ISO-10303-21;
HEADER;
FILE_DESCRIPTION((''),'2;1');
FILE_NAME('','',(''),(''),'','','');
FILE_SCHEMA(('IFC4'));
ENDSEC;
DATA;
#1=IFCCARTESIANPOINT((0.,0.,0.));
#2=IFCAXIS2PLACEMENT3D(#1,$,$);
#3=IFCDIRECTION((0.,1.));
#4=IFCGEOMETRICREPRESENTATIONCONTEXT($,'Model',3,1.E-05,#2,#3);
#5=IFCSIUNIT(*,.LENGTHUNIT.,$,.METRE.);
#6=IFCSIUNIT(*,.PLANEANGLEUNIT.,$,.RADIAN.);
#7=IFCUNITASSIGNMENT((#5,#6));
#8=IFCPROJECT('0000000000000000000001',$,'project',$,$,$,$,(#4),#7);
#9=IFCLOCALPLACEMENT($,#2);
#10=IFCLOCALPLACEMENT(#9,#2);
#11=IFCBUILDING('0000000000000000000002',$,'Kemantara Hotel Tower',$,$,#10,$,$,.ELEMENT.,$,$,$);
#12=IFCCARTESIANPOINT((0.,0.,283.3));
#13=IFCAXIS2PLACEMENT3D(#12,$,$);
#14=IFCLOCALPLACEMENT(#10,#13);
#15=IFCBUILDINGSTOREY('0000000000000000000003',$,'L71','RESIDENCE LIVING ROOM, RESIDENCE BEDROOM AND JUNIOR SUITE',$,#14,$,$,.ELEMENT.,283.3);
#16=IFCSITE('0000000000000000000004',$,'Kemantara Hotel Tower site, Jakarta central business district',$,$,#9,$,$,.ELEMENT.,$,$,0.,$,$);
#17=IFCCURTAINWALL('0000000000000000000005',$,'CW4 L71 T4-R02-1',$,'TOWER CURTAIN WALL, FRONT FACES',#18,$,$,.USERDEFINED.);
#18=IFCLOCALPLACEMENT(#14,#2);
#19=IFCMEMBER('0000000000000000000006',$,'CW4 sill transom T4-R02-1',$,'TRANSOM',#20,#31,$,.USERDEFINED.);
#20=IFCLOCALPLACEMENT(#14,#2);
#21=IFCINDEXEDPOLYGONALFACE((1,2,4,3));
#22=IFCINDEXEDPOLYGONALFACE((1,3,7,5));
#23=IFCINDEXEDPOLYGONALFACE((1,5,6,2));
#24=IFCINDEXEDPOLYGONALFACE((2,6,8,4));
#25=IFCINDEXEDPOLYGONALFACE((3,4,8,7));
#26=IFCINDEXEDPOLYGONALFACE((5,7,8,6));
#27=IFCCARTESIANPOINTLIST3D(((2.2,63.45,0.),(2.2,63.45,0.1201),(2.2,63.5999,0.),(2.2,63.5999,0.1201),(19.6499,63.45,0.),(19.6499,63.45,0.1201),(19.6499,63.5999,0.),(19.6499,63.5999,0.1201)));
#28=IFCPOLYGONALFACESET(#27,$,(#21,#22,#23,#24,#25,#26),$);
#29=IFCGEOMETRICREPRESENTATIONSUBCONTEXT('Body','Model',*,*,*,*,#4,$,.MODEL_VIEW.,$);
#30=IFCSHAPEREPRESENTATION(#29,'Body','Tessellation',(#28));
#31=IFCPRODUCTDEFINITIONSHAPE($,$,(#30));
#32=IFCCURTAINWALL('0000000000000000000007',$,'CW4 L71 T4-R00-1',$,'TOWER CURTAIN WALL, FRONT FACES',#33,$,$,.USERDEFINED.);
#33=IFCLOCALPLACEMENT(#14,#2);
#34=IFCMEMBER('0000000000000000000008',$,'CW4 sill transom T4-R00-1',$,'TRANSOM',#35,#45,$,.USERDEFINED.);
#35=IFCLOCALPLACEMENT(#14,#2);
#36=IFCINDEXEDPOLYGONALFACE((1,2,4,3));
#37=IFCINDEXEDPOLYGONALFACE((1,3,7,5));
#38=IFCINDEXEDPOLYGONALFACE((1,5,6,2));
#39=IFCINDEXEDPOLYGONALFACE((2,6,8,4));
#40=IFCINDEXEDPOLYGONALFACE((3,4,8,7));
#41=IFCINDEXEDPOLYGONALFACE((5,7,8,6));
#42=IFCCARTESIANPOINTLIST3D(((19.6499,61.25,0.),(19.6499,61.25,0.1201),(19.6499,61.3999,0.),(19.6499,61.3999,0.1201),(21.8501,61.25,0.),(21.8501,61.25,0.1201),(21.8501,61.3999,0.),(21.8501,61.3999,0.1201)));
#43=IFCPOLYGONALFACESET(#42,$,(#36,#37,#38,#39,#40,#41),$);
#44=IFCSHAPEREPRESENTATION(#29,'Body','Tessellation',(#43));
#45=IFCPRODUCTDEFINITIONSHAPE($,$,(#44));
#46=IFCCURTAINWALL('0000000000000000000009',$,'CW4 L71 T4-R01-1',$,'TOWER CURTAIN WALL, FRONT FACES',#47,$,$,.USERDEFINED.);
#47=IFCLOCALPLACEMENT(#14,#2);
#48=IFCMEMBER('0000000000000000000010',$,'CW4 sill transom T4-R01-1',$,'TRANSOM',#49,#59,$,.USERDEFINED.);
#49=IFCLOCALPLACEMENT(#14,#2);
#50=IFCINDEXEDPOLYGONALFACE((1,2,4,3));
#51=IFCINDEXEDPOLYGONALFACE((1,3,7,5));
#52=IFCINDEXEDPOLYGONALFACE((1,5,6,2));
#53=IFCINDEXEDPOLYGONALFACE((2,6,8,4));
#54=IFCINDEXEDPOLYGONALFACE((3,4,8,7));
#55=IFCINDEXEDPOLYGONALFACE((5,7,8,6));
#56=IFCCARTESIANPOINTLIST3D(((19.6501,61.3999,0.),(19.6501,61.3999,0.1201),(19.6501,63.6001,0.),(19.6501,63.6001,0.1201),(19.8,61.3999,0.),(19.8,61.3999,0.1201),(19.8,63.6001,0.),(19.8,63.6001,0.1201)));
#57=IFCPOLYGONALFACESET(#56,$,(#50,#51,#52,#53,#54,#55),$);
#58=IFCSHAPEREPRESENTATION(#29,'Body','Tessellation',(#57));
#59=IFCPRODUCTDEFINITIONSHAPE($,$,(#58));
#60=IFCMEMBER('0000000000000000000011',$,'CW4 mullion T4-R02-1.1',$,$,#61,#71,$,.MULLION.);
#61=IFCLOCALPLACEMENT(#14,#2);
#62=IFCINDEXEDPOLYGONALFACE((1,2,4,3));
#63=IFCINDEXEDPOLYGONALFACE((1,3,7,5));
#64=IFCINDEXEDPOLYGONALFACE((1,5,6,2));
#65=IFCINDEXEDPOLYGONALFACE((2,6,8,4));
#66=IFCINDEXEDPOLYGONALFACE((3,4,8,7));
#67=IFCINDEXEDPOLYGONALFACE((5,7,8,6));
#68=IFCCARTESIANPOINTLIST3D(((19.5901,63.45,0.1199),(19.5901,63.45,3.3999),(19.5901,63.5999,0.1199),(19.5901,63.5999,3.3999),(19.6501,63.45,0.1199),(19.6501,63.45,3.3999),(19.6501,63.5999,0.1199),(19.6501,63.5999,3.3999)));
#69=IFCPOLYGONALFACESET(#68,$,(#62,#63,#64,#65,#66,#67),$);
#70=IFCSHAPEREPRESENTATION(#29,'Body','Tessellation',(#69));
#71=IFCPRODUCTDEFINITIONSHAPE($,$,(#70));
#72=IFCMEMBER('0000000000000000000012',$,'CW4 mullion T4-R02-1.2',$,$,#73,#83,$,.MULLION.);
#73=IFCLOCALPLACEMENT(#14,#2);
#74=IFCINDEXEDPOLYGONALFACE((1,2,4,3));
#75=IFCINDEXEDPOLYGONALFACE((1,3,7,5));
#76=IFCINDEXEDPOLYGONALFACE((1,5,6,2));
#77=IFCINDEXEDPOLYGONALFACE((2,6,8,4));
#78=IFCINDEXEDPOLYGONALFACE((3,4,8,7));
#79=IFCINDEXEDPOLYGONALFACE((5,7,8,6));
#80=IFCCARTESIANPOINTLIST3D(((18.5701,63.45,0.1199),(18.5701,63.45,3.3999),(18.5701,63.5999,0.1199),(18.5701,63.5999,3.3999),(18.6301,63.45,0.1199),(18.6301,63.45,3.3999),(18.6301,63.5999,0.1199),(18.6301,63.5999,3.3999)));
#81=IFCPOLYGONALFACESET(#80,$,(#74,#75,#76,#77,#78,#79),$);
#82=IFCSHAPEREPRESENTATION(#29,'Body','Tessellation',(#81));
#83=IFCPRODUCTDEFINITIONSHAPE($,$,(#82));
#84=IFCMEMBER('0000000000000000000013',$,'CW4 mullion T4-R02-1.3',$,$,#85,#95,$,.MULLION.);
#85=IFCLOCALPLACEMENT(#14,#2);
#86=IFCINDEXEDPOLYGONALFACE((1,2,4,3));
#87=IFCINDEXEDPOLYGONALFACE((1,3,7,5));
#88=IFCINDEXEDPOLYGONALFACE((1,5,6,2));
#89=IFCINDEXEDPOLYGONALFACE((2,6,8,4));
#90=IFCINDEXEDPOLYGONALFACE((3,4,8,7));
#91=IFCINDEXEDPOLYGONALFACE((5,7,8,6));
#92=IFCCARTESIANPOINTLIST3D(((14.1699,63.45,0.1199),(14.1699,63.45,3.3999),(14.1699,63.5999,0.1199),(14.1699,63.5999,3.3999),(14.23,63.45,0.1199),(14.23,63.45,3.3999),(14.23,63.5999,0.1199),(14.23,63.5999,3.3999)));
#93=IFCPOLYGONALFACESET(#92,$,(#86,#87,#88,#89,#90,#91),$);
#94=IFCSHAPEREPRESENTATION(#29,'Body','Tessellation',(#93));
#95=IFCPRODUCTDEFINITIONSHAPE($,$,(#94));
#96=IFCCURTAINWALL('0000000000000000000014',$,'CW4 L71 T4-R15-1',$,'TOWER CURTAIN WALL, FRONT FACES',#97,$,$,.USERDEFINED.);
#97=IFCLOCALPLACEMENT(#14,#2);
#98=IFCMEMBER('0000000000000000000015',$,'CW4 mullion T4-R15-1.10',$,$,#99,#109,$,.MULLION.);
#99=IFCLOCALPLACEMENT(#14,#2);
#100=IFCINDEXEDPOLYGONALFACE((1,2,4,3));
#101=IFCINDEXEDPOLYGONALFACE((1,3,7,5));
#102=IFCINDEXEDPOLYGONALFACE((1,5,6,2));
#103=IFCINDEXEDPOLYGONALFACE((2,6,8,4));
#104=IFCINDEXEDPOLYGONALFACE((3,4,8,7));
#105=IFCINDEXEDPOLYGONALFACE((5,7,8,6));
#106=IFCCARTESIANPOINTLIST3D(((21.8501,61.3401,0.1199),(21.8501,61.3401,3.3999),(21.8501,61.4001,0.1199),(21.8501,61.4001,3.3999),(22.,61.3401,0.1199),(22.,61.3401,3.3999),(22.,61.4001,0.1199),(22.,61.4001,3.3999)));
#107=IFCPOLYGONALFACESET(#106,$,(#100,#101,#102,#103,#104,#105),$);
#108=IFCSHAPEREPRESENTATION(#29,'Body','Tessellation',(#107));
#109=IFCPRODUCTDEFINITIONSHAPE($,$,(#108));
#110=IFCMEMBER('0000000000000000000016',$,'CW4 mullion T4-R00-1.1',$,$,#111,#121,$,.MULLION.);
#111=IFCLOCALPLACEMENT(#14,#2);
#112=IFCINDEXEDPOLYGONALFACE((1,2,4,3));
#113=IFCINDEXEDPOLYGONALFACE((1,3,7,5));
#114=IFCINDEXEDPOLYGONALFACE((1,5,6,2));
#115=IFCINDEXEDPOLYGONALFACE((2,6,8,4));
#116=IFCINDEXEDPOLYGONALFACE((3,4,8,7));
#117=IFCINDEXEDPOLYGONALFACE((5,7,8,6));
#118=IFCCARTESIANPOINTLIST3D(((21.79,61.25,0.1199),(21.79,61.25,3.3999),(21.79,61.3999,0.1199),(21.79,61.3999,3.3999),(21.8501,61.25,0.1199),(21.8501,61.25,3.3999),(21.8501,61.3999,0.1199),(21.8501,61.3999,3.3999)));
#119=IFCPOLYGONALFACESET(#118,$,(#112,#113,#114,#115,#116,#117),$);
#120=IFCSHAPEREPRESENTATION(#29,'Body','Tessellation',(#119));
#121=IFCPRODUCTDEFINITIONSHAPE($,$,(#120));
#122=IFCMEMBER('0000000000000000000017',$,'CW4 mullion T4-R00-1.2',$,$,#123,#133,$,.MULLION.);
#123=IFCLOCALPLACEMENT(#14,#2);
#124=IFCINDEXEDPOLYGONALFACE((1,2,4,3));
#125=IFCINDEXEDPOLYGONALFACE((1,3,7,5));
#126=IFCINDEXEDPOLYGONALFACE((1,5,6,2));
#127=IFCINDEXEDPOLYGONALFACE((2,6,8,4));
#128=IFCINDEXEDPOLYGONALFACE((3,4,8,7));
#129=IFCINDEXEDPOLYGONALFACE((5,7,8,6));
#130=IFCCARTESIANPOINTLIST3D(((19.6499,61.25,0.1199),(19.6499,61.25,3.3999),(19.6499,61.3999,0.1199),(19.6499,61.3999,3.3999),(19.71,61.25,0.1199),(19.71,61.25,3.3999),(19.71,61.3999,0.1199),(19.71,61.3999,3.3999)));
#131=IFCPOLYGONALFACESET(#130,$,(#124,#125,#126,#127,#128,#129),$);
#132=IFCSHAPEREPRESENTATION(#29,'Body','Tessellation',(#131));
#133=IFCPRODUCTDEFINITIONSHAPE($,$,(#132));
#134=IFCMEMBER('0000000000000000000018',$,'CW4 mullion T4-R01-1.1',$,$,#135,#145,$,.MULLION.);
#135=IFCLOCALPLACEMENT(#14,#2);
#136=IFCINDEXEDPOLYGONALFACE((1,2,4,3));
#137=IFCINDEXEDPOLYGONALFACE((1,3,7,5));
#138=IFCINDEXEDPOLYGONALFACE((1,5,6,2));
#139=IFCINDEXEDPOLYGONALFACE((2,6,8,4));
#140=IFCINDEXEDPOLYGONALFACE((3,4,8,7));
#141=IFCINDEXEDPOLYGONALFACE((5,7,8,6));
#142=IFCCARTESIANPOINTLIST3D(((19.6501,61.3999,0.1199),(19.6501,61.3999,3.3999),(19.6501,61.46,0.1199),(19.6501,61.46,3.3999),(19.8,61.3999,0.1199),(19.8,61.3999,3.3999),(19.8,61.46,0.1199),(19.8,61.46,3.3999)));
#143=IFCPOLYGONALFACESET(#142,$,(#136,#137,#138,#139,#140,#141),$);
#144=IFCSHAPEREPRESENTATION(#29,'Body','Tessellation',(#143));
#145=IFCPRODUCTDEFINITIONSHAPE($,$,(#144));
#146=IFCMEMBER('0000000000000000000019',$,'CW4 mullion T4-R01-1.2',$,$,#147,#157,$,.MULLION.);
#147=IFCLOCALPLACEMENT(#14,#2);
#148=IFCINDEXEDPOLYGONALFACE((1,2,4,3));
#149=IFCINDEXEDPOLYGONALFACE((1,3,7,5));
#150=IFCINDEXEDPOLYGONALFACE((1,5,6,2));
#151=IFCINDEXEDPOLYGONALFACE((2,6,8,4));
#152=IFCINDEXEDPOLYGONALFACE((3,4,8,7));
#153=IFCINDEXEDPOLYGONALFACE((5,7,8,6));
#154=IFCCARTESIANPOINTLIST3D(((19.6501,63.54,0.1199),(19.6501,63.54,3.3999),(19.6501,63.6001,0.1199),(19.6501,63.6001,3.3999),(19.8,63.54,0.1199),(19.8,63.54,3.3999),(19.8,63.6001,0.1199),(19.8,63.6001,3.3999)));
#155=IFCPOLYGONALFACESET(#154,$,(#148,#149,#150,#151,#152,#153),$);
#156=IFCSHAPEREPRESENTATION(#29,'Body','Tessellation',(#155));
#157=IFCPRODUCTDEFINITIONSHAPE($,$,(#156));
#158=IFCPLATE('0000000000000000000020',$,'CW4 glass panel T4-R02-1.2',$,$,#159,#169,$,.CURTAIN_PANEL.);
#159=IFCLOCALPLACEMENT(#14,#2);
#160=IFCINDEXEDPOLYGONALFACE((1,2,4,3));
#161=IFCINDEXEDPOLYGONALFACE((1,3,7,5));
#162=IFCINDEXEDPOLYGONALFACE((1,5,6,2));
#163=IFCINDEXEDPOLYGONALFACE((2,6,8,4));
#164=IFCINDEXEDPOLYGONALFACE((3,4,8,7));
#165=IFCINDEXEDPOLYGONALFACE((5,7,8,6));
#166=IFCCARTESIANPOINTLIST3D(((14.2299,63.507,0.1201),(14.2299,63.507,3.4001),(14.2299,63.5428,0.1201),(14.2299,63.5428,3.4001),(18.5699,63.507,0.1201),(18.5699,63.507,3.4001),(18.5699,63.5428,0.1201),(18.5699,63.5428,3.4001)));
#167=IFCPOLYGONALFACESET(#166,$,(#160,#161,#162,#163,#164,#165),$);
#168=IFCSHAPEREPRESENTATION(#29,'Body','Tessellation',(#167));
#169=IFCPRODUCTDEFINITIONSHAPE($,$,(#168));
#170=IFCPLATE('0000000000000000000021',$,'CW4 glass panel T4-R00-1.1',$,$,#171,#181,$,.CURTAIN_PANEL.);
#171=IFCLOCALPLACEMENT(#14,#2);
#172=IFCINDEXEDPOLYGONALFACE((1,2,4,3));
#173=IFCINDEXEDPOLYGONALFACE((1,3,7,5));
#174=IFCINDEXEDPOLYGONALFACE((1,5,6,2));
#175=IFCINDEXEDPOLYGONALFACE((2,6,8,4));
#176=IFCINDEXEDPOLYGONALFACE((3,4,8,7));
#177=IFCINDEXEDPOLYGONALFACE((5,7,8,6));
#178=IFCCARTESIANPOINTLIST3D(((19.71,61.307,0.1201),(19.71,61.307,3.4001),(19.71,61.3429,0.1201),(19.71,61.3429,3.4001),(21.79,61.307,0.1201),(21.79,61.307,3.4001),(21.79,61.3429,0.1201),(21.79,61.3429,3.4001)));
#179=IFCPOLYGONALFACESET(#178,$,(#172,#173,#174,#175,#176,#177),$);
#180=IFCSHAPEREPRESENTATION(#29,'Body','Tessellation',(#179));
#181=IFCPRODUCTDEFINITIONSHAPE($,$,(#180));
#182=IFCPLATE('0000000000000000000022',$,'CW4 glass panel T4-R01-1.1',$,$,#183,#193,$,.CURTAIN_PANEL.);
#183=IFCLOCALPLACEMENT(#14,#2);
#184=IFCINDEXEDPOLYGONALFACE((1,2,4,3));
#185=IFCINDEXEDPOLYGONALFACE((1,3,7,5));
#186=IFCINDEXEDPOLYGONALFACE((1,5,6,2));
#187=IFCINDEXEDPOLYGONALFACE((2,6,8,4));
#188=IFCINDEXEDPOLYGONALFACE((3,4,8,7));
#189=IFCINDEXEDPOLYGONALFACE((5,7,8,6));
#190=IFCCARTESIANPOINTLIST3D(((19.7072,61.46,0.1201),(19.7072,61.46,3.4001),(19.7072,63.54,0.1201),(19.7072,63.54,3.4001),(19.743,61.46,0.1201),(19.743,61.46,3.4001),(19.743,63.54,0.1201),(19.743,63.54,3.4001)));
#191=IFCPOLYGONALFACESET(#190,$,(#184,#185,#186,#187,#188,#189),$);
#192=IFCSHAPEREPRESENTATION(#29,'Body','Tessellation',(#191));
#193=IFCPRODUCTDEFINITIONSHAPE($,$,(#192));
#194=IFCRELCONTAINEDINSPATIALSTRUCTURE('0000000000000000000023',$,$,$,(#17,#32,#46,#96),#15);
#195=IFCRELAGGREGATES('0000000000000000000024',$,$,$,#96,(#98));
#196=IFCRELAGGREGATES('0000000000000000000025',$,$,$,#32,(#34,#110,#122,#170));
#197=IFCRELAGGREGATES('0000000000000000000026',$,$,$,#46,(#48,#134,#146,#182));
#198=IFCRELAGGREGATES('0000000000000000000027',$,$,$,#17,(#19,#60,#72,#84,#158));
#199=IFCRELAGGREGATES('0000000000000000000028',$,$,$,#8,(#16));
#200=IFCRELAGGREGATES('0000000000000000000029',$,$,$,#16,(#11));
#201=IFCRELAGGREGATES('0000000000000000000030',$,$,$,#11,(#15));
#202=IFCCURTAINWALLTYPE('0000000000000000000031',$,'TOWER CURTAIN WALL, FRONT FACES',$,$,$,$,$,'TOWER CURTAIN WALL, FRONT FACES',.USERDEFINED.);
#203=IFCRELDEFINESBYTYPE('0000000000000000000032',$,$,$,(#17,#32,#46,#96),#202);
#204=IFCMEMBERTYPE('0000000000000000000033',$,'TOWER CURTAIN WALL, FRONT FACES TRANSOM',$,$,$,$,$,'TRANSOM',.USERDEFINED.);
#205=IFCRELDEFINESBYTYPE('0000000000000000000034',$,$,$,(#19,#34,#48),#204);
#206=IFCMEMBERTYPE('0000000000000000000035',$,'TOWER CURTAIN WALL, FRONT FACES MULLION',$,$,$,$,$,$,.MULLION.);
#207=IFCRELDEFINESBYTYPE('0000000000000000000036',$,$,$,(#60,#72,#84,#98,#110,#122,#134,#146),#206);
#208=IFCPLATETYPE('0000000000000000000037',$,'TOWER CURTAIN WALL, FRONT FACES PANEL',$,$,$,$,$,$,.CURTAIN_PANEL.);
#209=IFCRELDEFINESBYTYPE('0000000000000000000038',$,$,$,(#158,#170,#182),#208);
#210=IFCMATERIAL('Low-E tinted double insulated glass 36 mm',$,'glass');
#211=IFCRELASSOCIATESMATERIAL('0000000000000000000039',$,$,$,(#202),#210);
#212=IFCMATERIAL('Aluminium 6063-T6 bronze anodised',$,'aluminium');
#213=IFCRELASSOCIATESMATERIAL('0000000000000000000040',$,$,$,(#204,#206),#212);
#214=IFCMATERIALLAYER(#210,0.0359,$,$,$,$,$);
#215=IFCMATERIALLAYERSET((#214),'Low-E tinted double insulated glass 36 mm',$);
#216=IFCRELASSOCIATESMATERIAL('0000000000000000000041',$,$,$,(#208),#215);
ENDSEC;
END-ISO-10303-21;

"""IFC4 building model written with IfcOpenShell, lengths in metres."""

from ifc_helpers import new_model, si_unit, direction, frame, origin, origin_2d, place, context, subcontext, project, spatial, rectangle, extrude, source, transform, mapped, material, layer, layer_set, material_profile, profile_set, type_object, element, aggregate, save


model = new_model("IFC4")

# Units and contexts
model_context = context("Model", 3, precision=1e-05, world=origin(), true_north=direction((0.0, 1.0)))
body_context = subcontext(model_context, "Body", "Model", "MODEL_VIEW")
ifc_project = project(units=[si_unit("LENGTHUNIT", "METRE"), si_unit("PLANEANGLEUNIT", "RADIAN")], contexts=[model_context])

# Site, building, storey
site_placement = place(None, origin())
site = spatial("IfcSite", under=ifc_project, at=site_placement, Name="Kemantara Hotel Tower site, Jakarta central business district", CompositionType="ELEMENT", RefElevation=0.0)
building_placement = place(site_placement, origin())
building = spatial("IfcBuilding", under=site, at=building_placement, Name="Kemantara Hotel Tower", CompositionType="ELEMENT")
storey_placement = place(building_placement, frame((0.0, 0.0, 283.3)))
storey = spatial("IfcBuildingStorey", under=building, at=storey_placement, Name="L71", Description="RESIDENCE LIVING ROOM, RESIDENCE BEDROOM AND JUNIOR SUITE", CompositionType="ELEMENT", Elevation=283.3)

# Curtain walls, members
ifc_material_1 = material(Name="Low-E tinted double insulated glass 36 mm", Category="glass")
curtain_wall_type = type_object("IfcCurtainWallType", Name="TOWER CURTAIN WALL, FRONT FACES", ElementType="TOWER CURTAIN WALL, FRONT FACES", PredefinedType="USERDEFINED", material=ifc_material_1)
curtain_wall_1_placement = place(storey_placement, origin())
curtain_wall_1 = element("IfcCurtainWall", 1, at=curtain_wall_1_placement, inside=storey, type_object=curtain_wall_type, Name="CW4 L71 T4-R02-1", ObjectType="TOWER CURTAIN WALL, FRONT FACES", PredefinedType="USERDEFINED")
ifc_material_2 = material(Name="Aluminium 6063-T6 bronze anodised", Category="aluminium")
ifc_material_profile_1 = material_profile(ifc_material_2, rectangle(XDim=0.1499, YDim=0.1201, at=origin_2d()), Name="TOWER CURTAIN WALL, FRONT FACES TRANSOM")
ifc_profile_set_1 = profile_set([ifc_material_profile_1], Name="Aluminium 6063-T6 bronze anodised")
member_type_1 = type_object("IfcMemberType", Name="TOWER CURTAIN WALL, FRONT FACES TRANSOM", ElementType="TRANSOM", PredefinedType="USERDEFINED", material=ifc_profile_set_1)
member_1_placement = place(storey_placement, frame((19.6499, 63.5249, 0.0601), z_axis=(-1.0, 0.0, 0.0), x_axis=(0.0, -1.0, 0.0)))
member_1 = element("IfcMember", 2, at=member_1_placement, type_object=member_type_1, Name="CW4 sill transom T4-R02-1", ObjectType="TRANSOM", PredefinedType="USERDEFINED", context=body_context, shape_type="SweptSolid", body=[
    extrude(rectangle(XDim=0.1499, YDim=0.1201, at=origin_2d()), origin(), (0.0, 0.0, 1.0), 17.45),
])
curtain_wall_2_placement = place(storey_placement, origin())
curtain_wall_2 = element("IfcCurtainWall", 3, at=curtain_wall_2_placement, inside=storey, type_object=curtain_wall_type, Name="CW4 L71 T4-R00-1", ObjectType="TOWER CURTAIN WALL, FRONT FACES", PredefinedType="USERDEFINED")
member_2_placement = place(storey_placement, frame((21.8501, 61.325, 0.0601), z_axis=(-1.0, 0.0, 0.0), x_axis=(0.0, -1.0, 0.0)))
member_2 = element("IfcMember", 4, at=member_2_placement, type_object=member_type_1, Name="CW4 sill transom T4-R00-1", ObjectType="TRANSOM", PredefinedType="USERDEFINED", context=body_context, shape_type="SweptSolid", body=[
    extrude(rectangle(XDim=0.1499, YDim=0.1201, at=origin_2d()), origin(), (0.0, 0.0, 1.0), 2.2002),
])
curtain_wall_3_placement = place(storey_placement, origin())
curtain_wall_3 = element("IfcCurtainWall", 5, at=curtain_wall_3_placement, inside=storey, type_object=curtain_wall_type, Name="CW4 L71 T4-R01-1", ObjectType="TOWER CURTAIN WALL, FRONT FACES", PredefinedType="USERDEFINED")
member_3_placement = place(storey_placement, frame((19.7251, 61.3999, 0.0601), z_axis=(0.0, 1.0, 0.0), x_axis=(-1.0, 0.0, 0.0)))
member_3 = element("IfcMember", 6, at=member_3_placement, type_object=member_type_1, Name="CW4 sill transom T4-R01-1", ObjectType="TRANSOM", PredefinedType="USERDEFINED", context=body_context, shape_type="SweptSolid", body=[
    extrude(rectangle(XDim=0.1499, YDim=0.1201, at=origin_2d()), origin(), (0.0, 0.0, 1.0), 2.2002),
])

# Members
ifc_material_profile_2 = material_profile(ifc_material_2, rectangle(XDim=0.1499, YDim=0.0601, at=origin_2d()), Name="TOWER CURTAIN WALL, FRONT FACES MULLION")
ifc_profile_set_2 = profile_set([ifc_material_profile_2], Name="Aluminium 6063-T6 bronze anodised")
member_type_2 = type_object("IfcMemberType", Name="TOWER CURTAIN WALL, FRONT FACES MULLION", PredefinedType="MULLION", material=ifc_profile_set_2)
shared_shape_1 = source(origin(), body_context, "Body", "SweptSolid", [
    extrude(rectangle(XDim=0.1499, YDim=0.0601, at=origin_2d()), origin(), (0.0, 0.0, 1.0), 3.28),
])
member_4_placement = place(storey_placement, frame((19.6201, 63.5249, 0.1199), z_axis=(0.0, 0.0, 1.0), x_axis=(0.0, -1.0, 0.0)))
member_4 = element("IfcMember", 7, at=member_4_placement, type_object=member_type_2, Name="CW4 mullion T4-R02-1.1", PredefinedType="MULLION", context=body_context, shape_type="MappedRepresentation", body=[
    mapped(shared_shape_1, transform((0.0, 0.0, 0.0))),
])
member_5_placement = place(storey_placement, frame((18.6001, 63.5249, 0.1199), z_axis=(0.0, 0.0, 1.0), x_axis=(0.0, -1.0, 0.0)))
member_5 = element("IfcMember", 8, at=member_5_placement, type_object=member_type_2, Name="CW4 mullion T4-R02-1.2", PredefinedType="MULLION", context=body_context, shape_type="MappedRepresentation", body=[
    mapped(shared_shape_1, transform((0.0, 0.0, 0.0))),
])
member_6_placement = place(storey_placement, frame((14.2, 63.5249, 0.1199), z_axis=(0.0, 0.0, 1.0), x_axis=(0.0, -1.0, 0.0)))
member_6 = element("IfcMember", 9, at=member_6_placement, type_object=member_type_2, Name="CW4 mullion T4-R02-1.3", PredefinedType="MULLION", context=body_context, shape_type="MappedRepresentation", body=[
    mapped(shared_shape_1, transform((0.0, 0.0, 0.0))),
])

# Curtain wall, member
curtain_wall_4_placement = place(storey_placement, origin())
curtain_wall_4 = element("IfcCurtainWall", 10, at=curtain_wall_4_placement, inside=storey, type_object=curtain_wall_type, Name="CW4 L71 T4-R15-1", ObjectType="TOWER CURTAIN WALL, FRONT FACES", PredefinedType="USERDEFINED")
member_7_placement = place(storey_placement, frame((21.925, 61.3701, 0.1199), z_axis=(0.0, 0.0, 1.0), x_axis=(-1.0, 0.0, 0.0)))
member_7 = element("IfcMember", 11, at=member_7_placement, type_object=member_type_2, Name="CW4 mullion T4-R15-1.10", PredefinedType="MULLION", context=body_context, shape_type="MappedRepresentation", body=[
    mapped(shared_shape_1, transform((0.0, 0.0, 0.0))),
])
aggregate(curtain_wall_4, [member_7])

# Members
member_8_placement = place(storey_placement, frame((21.8201, 61.325, 0.1199), z_axis=(0.0, 0.0, 1.0), x_axis=(0.0, -1.0, 0.0)))
member_8 = element("IfcMember", 12, at=member_8_placement, type_object=member_type_2, Name="CW4 mullion T4-R00-1.1", PredefinedType="MULLION", context=body_context, shape_type="MappedRepresentation", body=[
    mapped(shared_shape_1, transform((0.0, 0.0, 0.0))),
])
member_9_placement = place(storey_placement, frame((19.6799, 61.325, 0.1199), z_axis=(0.0, 0.0, 1.0), x_axis=(0.0, -1.0, 0.0)))
member_9 = element("IfcMember", 13, at=member_9_placement, type_object=member_type_2, Name="CW4 mullion T4-R00-1.2", PredefinedType="MULLION", context=body_context, shape_type="MappedRepresentation", body=[
    mapped(shared_shape_1, transform((0.0, 0.0, 0.0))),
])
member_10_placement = place(storey_placement, frame((19.7251, 61.4299, 0.1199), z_axis=(0.0, 0.0, 1.0), x_axis=(-1.0, 0.0, 0.0)))
member_10 = element("IfcMember", 14, at=member_10_placement, type_object=member_type_2, Name="CW4 mullion T4-R01-1.1", PredefinedType="MULLION", context=body_context, shape_type="MappedRepresentation", body=[
    mapped(shared_shape_1, transform((0.0, 0.0, 0.0))),
])
member_11_placement = place(storey_placement, frame((19.7251, 63.5701, 0.1199), z_axis=(0.0, 0.0, 1.0), x_axis=(-1.0, 0.0, 0.0)))
member_11 = element("IfcMember", 15, at=member_11_placement, type_object=member_type_2, Name="CW4 mullion T4-R01-1.2", PredefinedType="MULLION", context=body_context, shape_type="MappedRepresentation", body=[
    mapped(shared_shape_1, transform((0.0, 0.0, 0.0))),
])

# Plates
ifc_layer_1 = layer(ifc_material_1, 0.0359)
ifc_layer_set_1 = layer_set([ifc_layer_1], Name="Low-E tinted double insulated glass 36 mm")
plate_type = type_object("IfcPlateType", Name="TOWER CURTAIN WALL, FRONT FACES PANEL", PredefinedType="CURTAIN_PANEL", material=ifc_layer_set_1)
shared_shape_2 = source(origin(), body_context, "Body", "SweptSolid", [
    extrude(rectangle(XDim=4.3401, YDim=0.0359, at=origin_2d()), origin(), (0.0, 0.0, 1.0), 3.28),
])
plate_1_placement = place(storey_placement, frame((16.3999, 63.5249, 0.1201), z_axis=(0.0, 0.0, 1.0), x_axis=(-1.0, 0.0, 0.0)))
plate_1 = element("IfcPlate", 16, at=plate_1_placement, type_object=plate_type, Name="CW4 glass panel T4-R02-1.2", PredefinedType="CURTAIN_PANEL", context=body_context, shape_type="MappedRepresentation", body=[
    mapped(shared_shape_2, transform((0.0, 0.0, 0.0))),
])
shared_shape_3 = source(origin(), body_context, "Body", "SweptSolid", [
    extrude(rectangle(XDim=2.0801, YDim=0.0359, at=origin_2d()), origin(), (0.0, 0.0, 1.0), 3.28),
])
plate_2_placement = place(storey_placement, frame((20.75, 61.325, 0.1201), z_axis=(0.0, 0.0, 1.0), x_axis=(-1.0, 0.0, 0.0)))
plate_2 = element("IfcPlate", 17, at=plate_2_placement, type_object=plate_type, Name="CW4 glass panel T4-R00-1.1", PredefinedType="CURTAIN_PANEL", context=body_context, shape_type="MappedRepresentation", body=[
    mapped(shared_shape_3, transform((0.0, 0.0, 0.0))),
])
aggregate(curtain_wall_2, [member_2, member_8, member_9, plate_2])
plate_3_placement = place(storey_placement, frame((19.7251, 62.5, 0.1201), z_axis=(0.0, 0.0, 1.0), x_axis=(0.0, 1.0, 0.0)))
plate_3 = element("IfcPlate", 18, at=plate_3_placement, type_object=plate_type, Name="CW4 glass panel T4-R01-1.1", PredefinedType="CURTAIN_PANEL", context=body_context, shape_type="MappedRepresentation", body=[
    mapped(shared_shape_3, transform((0.0, 0.0, 0.0))),
])
aggregate(curtain_wall_3, [member_3, member_10, member_11, plate_3])
aggregate(curtain_wall_1, [member_1, member_4, member_5, member_6, plate_1])

save(model, "model.ifc")
